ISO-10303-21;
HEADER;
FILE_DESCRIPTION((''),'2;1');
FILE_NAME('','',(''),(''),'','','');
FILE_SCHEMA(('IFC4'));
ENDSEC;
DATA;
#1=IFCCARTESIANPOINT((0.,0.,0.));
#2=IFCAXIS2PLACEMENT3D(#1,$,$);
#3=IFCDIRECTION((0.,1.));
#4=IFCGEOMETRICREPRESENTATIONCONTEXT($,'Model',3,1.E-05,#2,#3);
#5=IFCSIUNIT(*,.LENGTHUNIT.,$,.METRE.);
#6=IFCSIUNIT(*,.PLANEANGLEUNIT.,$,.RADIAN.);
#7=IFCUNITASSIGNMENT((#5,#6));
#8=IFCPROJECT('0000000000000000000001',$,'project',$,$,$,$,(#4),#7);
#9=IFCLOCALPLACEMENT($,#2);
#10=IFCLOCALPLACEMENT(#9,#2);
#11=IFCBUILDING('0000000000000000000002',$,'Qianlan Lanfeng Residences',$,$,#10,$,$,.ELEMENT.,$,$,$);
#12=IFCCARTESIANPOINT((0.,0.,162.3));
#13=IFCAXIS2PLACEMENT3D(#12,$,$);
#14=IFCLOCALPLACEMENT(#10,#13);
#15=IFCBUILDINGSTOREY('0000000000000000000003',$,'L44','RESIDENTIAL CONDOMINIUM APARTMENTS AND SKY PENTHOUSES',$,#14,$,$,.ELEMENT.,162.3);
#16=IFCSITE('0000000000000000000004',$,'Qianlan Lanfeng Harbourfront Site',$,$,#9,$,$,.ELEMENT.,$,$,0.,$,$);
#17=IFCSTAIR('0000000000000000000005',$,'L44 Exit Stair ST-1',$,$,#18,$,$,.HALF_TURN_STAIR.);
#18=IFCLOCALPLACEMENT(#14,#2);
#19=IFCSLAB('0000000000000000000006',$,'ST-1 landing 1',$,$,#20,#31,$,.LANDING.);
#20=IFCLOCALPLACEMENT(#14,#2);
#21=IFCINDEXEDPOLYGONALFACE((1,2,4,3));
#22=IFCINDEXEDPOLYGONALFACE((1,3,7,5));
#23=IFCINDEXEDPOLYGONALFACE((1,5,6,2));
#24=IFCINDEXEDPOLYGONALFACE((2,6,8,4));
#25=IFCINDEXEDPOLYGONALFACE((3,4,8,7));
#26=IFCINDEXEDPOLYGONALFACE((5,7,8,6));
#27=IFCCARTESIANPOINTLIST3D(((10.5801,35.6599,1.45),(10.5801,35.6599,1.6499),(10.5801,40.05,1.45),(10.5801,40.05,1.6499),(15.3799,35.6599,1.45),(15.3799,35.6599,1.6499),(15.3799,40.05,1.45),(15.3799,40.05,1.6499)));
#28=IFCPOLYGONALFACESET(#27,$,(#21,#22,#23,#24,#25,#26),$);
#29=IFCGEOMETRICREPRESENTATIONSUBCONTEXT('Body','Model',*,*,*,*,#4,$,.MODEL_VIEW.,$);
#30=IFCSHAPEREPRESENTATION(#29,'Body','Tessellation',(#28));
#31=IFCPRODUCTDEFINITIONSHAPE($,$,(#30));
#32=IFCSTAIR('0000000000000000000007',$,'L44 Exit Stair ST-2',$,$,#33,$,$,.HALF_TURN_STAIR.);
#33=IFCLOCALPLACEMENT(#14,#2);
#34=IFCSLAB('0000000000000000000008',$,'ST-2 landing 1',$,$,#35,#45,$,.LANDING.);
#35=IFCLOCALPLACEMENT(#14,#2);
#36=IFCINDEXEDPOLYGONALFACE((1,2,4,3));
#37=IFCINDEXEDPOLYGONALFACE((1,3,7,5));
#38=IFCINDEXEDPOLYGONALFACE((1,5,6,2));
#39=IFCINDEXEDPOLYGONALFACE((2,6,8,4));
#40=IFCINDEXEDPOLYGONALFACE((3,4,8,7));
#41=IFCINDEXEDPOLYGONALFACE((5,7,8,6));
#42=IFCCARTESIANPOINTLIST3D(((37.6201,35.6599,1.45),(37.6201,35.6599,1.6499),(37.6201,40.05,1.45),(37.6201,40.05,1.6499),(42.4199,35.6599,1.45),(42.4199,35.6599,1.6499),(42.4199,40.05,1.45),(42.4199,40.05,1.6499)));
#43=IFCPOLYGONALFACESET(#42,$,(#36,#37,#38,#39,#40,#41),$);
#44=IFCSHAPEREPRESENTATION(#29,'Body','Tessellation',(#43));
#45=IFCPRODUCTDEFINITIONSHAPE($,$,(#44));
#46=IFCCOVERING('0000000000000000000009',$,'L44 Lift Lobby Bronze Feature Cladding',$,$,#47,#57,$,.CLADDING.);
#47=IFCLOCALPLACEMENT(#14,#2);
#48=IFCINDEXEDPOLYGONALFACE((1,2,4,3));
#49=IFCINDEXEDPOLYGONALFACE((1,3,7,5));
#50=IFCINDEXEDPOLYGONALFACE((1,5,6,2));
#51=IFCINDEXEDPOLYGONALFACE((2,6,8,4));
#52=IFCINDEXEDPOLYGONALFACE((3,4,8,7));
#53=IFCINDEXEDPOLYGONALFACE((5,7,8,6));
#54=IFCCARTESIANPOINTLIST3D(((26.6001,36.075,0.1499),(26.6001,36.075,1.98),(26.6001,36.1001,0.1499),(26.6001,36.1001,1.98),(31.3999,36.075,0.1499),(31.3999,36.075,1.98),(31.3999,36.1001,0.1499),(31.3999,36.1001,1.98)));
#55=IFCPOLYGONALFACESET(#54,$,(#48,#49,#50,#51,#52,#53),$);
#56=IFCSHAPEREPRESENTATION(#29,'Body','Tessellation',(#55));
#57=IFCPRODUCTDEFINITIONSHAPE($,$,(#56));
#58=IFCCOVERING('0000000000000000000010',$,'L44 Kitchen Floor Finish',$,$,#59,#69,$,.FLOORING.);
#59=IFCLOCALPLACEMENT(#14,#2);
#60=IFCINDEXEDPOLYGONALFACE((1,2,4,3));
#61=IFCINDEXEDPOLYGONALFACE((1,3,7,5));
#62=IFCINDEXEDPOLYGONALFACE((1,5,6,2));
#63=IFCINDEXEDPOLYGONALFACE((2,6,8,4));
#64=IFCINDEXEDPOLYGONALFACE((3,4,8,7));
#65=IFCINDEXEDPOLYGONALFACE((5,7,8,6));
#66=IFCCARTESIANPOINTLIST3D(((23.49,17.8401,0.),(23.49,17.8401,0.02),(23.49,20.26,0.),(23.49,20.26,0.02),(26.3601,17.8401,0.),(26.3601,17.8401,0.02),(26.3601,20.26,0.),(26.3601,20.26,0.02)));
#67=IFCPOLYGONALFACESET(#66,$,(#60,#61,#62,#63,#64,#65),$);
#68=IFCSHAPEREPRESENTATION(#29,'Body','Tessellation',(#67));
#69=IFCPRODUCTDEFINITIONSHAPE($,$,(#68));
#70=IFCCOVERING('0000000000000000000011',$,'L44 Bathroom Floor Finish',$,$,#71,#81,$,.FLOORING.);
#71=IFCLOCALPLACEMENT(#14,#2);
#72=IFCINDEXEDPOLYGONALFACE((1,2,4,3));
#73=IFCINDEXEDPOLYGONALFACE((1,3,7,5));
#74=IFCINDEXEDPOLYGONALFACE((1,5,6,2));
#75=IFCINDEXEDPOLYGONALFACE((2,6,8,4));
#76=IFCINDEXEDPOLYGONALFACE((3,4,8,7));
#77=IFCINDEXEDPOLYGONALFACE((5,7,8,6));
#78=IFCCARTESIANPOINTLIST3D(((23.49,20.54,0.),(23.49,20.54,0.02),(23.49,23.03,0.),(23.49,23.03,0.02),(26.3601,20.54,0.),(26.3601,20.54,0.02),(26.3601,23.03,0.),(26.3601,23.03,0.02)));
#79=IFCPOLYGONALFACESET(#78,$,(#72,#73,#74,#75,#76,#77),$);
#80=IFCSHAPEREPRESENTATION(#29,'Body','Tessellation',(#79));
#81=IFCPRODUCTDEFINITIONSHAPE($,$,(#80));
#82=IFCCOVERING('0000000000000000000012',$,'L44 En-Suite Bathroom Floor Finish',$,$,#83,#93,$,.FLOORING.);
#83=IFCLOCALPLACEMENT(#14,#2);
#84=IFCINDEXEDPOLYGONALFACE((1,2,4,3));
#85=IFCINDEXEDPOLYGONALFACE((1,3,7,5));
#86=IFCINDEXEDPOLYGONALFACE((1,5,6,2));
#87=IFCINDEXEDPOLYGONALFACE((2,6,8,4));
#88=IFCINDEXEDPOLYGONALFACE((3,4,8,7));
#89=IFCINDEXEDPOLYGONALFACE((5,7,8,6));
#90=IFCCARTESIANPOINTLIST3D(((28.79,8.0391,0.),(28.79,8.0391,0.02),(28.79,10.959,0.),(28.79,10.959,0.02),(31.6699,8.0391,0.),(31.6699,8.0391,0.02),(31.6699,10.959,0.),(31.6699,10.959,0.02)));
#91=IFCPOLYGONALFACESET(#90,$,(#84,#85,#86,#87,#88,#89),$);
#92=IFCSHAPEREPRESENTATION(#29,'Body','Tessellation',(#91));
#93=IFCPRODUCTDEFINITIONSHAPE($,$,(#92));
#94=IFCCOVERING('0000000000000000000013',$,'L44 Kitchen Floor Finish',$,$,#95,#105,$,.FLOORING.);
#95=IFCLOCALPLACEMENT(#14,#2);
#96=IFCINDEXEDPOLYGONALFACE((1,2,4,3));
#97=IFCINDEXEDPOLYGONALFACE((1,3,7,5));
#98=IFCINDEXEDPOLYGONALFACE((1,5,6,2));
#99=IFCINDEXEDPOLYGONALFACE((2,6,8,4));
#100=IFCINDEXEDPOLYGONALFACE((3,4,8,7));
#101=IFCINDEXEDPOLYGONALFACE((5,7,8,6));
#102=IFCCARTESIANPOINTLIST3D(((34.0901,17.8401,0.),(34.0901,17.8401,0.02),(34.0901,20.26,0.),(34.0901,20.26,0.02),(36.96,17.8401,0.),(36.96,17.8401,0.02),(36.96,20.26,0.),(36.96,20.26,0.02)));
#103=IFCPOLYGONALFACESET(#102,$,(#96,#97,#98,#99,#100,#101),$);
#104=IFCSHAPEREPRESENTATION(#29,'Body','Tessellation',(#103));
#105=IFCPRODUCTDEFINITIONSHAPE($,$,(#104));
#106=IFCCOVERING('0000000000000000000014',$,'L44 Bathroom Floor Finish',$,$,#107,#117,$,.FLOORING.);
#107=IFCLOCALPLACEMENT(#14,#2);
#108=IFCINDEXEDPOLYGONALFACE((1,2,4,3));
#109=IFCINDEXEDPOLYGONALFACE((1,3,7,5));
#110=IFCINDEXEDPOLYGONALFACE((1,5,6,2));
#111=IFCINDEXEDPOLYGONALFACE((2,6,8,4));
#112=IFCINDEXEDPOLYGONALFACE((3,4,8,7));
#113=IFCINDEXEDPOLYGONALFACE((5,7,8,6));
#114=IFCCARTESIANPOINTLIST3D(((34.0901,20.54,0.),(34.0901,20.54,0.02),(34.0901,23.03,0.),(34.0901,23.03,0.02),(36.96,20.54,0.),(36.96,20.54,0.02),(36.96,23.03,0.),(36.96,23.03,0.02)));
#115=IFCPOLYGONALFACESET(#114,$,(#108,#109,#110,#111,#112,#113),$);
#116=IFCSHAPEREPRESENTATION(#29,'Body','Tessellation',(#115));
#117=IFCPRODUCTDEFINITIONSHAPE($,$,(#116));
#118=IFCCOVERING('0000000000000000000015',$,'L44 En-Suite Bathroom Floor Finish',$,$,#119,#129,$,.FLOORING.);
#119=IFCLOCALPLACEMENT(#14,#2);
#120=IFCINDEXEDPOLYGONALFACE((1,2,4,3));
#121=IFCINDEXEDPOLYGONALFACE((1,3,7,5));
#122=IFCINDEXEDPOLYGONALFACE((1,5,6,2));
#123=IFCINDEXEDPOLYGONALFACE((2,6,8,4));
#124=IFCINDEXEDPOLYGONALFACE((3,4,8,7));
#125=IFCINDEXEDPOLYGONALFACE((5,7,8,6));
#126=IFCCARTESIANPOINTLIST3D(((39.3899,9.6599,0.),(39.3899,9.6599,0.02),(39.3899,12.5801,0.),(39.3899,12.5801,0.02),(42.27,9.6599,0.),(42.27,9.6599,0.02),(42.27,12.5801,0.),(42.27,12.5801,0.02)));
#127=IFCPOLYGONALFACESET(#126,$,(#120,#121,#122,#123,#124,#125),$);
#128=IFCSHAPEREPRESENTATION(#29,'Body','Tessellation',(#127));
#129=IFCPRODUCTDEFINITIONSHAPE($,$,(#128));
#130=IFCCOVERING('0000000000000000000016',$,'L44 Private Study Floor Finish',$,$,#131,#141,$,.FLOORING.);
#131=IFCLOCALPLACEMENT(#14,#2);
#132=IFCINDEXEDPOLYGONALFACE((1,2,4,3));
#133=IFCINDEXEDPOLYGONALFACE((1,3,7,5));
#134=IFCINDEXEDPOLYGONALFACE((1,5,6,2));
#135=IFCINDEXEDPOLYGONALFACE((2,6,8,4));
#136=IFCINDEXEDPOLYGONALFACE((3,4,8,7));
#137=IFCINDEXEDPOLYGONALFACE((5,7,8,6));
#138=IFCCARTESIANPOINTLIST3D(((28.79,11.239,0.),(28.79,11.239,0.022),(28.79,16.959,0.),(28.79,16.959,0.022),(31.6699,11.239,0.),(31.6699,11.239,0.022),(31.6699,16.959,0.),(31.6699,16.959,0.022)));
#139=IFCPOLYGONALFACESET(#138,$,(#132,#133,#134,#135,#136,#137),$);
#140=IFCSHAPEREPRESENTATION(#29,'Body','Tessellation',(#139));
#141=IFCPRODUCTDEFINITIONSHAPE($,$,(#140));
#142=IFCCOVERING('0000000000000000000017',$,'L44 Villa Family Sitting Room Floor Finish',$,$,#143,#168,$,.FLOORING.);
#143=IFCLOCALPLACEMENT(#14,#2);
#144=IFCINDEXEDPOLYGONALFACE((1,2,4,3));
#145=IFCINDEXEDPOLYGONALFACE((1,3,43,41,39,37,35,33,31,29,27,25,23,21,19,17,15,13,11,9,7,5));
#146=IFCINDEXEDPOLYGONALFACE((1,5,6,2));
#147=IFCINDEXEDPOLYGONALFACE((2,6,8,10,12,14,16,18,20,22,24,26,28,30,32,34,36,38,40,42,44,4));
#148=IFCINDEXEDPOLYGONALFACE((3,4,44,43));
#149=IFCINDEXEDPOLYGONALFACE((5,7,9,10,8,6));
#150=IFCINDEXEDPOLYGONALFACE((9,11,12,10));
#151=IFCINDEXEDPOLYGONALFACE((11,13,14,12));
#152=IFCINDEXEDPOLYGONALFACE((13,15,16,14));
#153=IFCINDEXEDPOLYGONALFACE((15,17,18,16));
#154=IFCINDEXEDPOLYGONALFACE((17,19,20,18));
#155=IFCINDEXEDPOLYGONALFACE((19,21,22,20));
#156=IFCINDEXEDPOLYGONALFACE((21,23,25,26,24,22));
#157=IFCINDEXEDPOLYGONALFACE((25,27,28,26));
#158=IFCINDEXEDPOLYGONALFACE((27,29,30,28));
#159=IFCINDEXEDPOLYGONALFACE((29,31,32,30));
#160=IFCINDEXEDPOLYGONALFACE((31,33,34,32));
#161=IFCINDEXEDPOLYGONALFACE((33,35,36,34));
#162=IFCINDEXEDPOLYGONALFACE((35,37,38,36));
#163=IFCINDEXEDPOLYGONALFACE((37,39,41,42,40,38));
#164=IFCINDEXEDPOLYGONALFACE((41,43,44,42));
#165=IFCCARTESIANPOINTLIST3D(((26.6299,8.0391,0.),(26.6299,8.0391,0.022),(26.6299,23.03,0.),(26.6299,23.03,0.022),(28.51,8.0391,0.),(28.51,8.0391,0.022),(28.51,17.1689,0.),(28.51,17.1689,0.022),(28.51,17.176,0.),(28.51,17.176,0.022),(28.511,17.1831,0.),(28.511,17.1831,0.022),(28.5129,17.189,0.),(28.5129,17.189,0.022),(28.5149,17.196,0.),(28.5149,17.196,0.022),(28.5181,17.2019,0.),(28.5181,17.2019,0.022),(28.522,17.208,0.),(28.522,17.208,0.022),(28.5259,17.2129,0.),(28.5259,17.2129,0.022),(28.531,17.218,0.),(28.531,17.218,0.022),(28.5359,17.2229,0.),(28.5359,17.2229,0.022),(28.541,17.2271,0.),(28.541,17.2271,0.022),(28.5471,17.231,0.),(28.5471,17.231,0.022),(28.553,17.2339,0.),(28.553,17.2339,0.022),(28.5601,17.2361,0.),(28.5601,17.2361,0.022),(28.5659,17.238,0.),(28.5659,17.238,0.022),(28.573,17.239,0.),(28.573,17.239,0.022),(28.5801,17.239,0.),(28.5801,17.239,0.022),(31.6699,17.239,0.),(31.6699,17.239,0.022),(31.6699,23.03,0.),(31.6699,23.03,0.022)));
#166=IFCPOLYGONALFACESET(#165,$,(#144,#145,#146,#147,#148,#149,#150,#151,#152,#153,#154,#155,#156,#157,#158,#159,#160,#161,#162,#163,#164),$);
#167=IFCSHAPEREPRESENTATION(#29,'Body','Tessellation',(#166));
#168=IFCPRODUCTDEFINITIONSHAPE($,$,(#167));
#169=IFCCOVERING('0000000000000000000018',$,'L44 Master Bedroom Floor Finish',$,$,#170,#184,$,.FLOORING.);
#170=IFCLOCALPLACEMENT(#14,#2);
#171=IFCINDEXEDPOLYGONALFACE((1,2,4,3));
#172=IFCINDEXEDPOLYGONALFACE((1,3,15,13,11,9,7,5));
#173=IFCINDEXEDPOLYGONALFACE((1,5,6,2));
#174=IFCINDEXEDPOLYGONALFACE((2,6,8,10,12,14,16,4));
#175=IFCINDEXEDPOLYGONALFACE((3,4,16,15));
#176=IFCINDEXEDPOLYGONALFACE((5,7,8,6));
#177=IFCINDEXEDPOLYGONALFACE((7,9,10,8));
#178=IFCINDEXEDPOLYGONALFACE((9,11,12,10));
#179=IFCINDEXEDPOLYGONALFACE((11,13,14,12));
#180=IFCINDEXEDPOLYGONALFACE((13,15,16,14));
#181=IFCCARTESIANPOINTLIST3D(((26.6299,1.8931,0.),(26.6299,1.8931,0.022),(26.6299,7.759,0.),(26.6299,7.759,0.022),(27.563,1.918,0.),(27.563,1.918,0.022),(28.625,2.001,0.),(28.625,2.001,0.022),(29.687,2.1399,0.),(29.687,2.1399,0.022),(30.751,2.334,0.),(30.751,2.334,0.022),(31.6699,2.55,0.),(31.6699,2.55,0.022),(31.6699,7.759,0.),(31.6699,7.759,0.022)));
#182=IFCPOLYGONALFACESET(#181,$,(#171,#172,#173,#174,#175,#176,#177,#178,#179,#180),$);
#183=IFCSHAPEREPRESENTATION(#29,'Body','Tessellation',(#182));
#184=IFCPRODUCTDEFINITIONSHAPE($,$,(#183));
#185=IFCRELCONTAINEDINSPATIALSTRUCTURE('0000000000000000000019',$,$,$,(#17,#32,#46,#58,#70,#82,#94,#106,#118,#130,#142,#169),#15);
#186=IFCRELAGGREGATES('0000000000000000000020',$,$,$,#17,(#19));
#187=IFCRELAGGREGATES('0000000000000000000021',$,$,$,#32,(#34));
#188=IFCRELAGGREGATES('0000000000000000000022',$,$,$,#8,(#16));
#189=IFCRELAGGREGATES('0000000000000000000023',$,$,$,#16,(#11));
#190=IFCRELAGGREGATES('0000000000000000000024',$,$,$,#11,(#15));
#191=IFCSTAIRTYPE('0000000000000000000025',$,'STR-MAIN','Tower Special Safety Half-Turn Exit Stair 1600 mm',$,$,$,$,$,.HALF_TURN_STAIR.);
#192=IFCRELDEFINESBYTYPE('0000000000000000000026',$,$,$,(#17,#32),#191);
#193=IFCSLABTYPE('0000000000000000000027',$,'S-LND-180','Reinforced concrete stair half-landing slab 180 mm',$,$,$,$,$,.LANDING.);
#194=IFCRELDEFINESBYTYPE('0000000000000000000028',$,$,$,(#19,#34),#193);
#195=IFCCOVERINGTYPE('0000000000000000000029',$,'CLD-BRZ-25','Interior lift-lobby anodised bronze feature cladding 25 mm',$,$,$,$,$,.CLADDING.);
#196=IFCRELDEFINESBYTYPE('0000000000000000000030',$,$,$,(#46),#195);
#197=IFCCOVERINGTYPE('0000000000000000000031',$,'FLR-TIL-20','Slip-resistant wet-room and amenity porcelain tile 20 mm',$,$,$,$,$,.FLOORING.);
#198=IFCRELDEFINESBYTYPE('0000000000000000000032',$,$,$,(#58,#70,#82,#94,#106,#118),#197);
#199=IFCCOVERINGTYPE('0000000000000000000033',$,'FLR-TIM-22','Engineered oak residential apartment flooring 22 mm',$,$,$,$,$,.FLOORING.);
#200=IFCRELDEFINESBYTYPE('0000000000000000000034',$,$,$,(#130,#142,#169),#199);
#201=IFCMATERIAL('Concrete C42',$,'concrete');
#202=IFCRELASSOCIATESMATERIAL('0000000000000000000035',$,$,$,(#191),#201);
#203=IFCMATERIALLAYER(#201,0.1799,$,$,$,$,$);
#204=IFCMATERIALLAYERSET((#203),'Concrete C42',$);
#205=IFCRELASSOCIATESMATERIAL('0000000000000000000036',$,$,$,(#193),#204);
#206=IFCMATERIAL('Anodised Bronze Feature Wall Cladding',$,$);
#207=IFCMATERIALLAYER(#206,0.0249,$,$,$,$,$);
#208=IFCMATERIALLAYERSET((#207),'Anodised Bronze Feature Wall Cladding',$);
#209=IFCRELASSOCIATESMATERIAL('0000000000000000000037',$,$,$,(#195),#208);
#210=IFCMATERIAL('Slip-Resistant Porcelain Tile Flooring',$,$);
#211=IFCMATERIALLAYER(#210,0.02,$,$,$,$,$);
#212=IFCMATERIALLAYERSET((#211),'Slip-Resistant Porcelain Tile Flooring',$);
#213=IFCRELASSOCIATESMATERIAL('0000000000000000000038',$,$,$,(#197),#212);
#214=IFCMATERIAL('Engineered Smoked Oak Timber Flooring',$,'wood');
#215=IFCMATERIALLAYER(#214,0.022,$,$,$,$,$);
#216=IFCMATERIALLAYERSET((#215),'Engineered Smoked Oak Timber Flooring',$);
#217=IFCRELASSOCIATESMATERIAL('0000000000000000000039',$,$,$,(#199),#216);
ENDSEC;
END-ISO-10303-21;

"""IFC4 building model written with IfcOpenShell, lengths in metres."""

from ifc_helpers import new_model, si_unit, direction, frame, origin, place, context, subcontext, project, spatial, polyline, outline, extrude, material, layer, layer_set, type_object, element, aggregate, save


model = new_model("IFC4")

# Units and contexts
model_context = context("Model", 3, precision=1e-05, world=origin(), true_north=direction((0.0, 1.0)))
body_context = subcontext(model_context, "Body", "Model", "MODEL_VIEW")
ifc_project = project(units=[si_unit("LENGTHUNIT", "METRE"), si_unit("PLANEANGLEUNIT", "RADIAN")], contexts=[model_context])

# Site, building, storey
site_placement = place(None, origin())
site = spatial("IfcSite", under=ifc_project, at=site_placement, Name="Qianlan Lanfeng Harbourfront Site", CompositionType="ELEMENT", RefElevation=0.0)
building_placement = place(site_placement, origin())
building = spatial("IfcBuilding", under=site, at=building_placement, Name="Qianlan Lanfeng Residences", CompositionType="ELEMENT")
storey_placement = place(building_placement, frame((0.0, 0.0, 162.3)))
storey = spatial("IfcBuildingStorey", under=building, at=storey_placement, Name="L44", Description="RESIDENTIAL CONDOMINIUM APARTMENTS AND SKY PENTHOUSES", CompositionType="ELEMENT", Elevation=162.3)

# Stairs, slabs
ifc_material_1 = material(Name="Concrete C42", Category="concrete")
stair_type = type_object("IfcStairType", Name="STR-MAIN", Description="Tower Special Safety Half-Turn Exit Stair 1600 mm", PredefinedType="HALF_TURN_STAIR", material=ifc_material_1)
stair_1_placement = place(storey_placement, origin())
stair_1 = element("IfcStair", 1, at=stair_1_placement, inside=storey, type_object=stair_type, Name="L44 Exit Stair ST-1", PredefinedType="HALF_TURN_STAIR")
ifc_layer_1 = layer(ifc_material_1, 0.1799)
ifc_layer_set_1 = layer_set([ifc_layer_1], Name="Concrete C42")
slab_type = type_object("IfcSlabType", Name="S-LND-180", Description="Reinforced concrete stair half-landing slab 180 mm", PredefinedType="LANDING", material=ifc_layer_set_1)
slab_1_placement = place(storey_placement, frame((0.0, 0.0, 1.45)))
slab_1 = element("IfcSlab", 2, at=slab_1_placement, type_object=slab_type, Name="ST-1 landing 1", PredefinedType="LANDING", context=body_context, shape_type="SweptSolid", body=[
    extrude(outline(polyline([(10.5801, 35.6599), (15.3799, 35.6599), (15.3799, 40.05), (10.5801, 40.05), (10.5801, 35.6599)])), origin(), (0.0, 0.0, 1.0), 0.2),
])
aggregate(stair_1, [slab_1])
stair_2_placement = place(storey_placement, origin())
stair_2 = element("IfcStair", 3, at=stair_2_placement, inside=storey, type_object=stair_type, Name="L44 Exit Stair ST-2", PredefinedType="HALF_TURN_STAIR")
slab_2_placement = place(storey_placement, frame((0.0, 0.0, 1.45)))
slab_2 = element("IfcSlab", 4, at=slab_2_placement, type_object=slab_type, Name="ST-2 landing 1", PredefinedType="LANDING", context=body_context, shape_type="SweptSolid", body=[
    extrude(outline(polyline([(37.6201, 35.6599), (42.4199, 35.6599), (42.4199, 40.05), (37.6201, 40.05), (37.6201, 35.6599)])), origin(), (0.0, 0.0, 1.0), 0.2),
])
aggregate(stair_2, [slab_2])

# Coverings
ifc_material_2 = material(Name="Anodised Bronze Feature Wall Cladding")
ifc_layer_2 = layer(ifc_material_2, 0.0249)
ifc_layer_set_2 = layer_set([ifc_layer_2], Name="Anodised Bronze Feature Wall Cladding")
covering_type_1 = type_object("IfcCoveringType", Name="CLD-BRZ-25", Description="Interior lift-lobby anodised bronze feature cladding 25 mm", PredefinedType="CLADDING", material=ifc_layer_set_2)
covering_1_placement = place(storey_placement, frame((0.0, 0.0, 0.1499)))
element("IfcCovering", 5, at=covering_1_placement, inside=storey, type_object=covering_type_1, Name="L44 Lift Lobby Bronze Feature Cladding", PredefinedType="CLADDING", context=body_context, shape_type="SweptSolid", body=[
    extrude(outline(polyline([(26.6001, 36.075), (31.3999, 36.075), (31.3999, 36.1001), (26.6001, 36.1001), (26.6001, 36.075)])), origin(), (0.0, 0.0, 1.0), 1.8301),
])
ifc_material_3 = material(Name="Slip-Resistant Porcelain Tile Flooring")
ifc_layer_3 = layer(ifc_material_3, 0.02)
ifc_layer_set_3 = layer_set([ifc_layer_3], Name="Slip-Resistant Porcelain Tile Flooring")
covering_type_2 = type_object("IfcCoveringType", Name="FLR-TIL-20", Description="Slip-resistant wet-room and amenity porcelain tile 20 mm", PredefinedType="FLOORING", material=ifc_layer_set_3)
covering_2_placement = place(storey_placement, origin())
element("IfcCovering", 6, at=covering_2_placement, inside=storey, type_object=covering_type_2, Name="L44 Kitchen Floor Finish", PredefinedType="FLOORING", context=body_context, shape_type="SweptSolid", body=[
    extrude(outline(polyline([(23.49, 17.8401), (26.3601, 17.8401), (26.3601, 20.26), (23.49, 20.26), (23.49, 17.8401)])), origin(), (0.0, 0.0, 1.0), 0.02),
])
covering_3_placement = place(storey_placement, origin())
element("IfcCovering", 7, at=covering_3_placement, inside=storey, type_object=covering_type_2, Name="L44 Bathroom Floor Finish", PredefinedType="FLOORING", context=body_context, shape_type="SweptSolid", body=[
    extrude(outline(polyline([(23.49, 20.54), (26.3601, 20.54), (26.3601, 23.03), (23.49, 23.03), (23.49, 20.54)])), origin(), (0.0, 0.0, 1.0), 0.02),
])
covering_4_placement = place(storey_placement, origin())
element("IfcCovering", 8, at=covering_4_placement, inside=storey, type_object=covering_type_2, Name="L44 En-Suite Bathroom Floor Finish", PredefinedType="FLOORING", context=body_context, shape_type="SweptSolid", body=[
    extrude(outline(polyline([(28.79, 8.0391), (31.6699, 8.0391), (31.6699, 10.959), (28.79, 10.959), (28.79, 8.0391)])), origin(), (0.0, 0.0, 1.0), 0.02),
])
covering_5_placement = place(storey_placement, origin())
element("IfcCovering", 9, at=covering_5_placement, inside=storey, type_object=covering_type_2, Name="L44 Kitchen Floor Finish", PredefinedType="FLOORING", context=body_context, shape_type="SweptSolid", body=[
    extrude(outline(polyline([(34.0901, 17.8401), (36.96, 17.8401), (36.96, 20.26), (34.0901, 20.26), (34.0901, 17.8401)])), origin(), (0.0, 0.0, 1.0), 0.02),
])
covering_6_placement = place(storey_placement, origin())
element("IfcCovering", 10, at=covering_6_placement, inside=storey, type_object=covering_type_2, Name="L44 Bathroom Floor Finish", PredefinedType="FLOORING", context=body_context, shape_type="SweptSolid", body=[
    extrude(outline(polyline([(34.0901, 20.54), (36.96, 20.54), (36.96, 23.03), (34.0901, 23.03), (34.0901, 20.54)])), origin(), (0.0, 0.0, 1.0), 0.02),
])
covering_7_placement = place(storey_placement, origin())
element("IfcCovering", 11, at=covering_7_placement, inside=storey, type_object=covering_type_2, Name="L44 En-Suite Bathroom Floor Finish", PredefinedType="FLOORING", context=body_context, shape_type="SweptSolid", body=[
    extrude(outline(polyline([(39.3899, 9.6599), (42.27, 9.6599), (42.27, 12.5801), (39.3899, 12.5801), (39.3899, 9.6599)])), origin(), (0.0, 0.0, 1.0), 0.02),
])
ifc_material_4 = material(Name="Engineered Smoked Oak Timber Flooring", Category="wood")
ifc_layer_4 = layer(ifc_material_4, 0.022)
ifc_layer_set_4 = layer_set([ifc_layer_4], Name="Engineered Smoked Oak Timber Flooring")
covering_type_3 = type_object("IfcCoveringType", Name="FLR-TIM-22", Description="Engineered oak residential apartment flooring 22 mm", PredefinedType="FLOORING", material=ifc_layer_set_4)
covering_8_placement = place(storey_placement, origin())
element("IfcCovering", 12, at=covering_8_placement, inside=storey, type_object=covering_type_3, Name="L44 Private Study Floor Finish", PredefinedType="FLOORING", context=body_context, shape_type="SweptSolid", body=[
    extrude(outline(polyline([(28.79, 11.239), (31.6699, 11.239), (31.6699, 16.959), (28.79, 16.959), (28.79, 11.239)])), origin(), (0.0, 0.0, 1.0), 0.022),
])
covering_9_placement = place(storey_placement, origin())
element("IfcCovering", 13, at=covering_9_placement, inside=storey, type_object=covering_type_3, Name="L44 Villa Family Sitting Room Floor Finish", PredefinedType="FLOORING", context=body_context, shape_type="SweptSolid", body=[
    extrude(outline(polyline([(26.6299, 8.0391), (28.51, 8.0391), (28.51, 17.1689), (28.51, 17.176), (28.511, 17.1831), (28.5129, 17.189), (28.5149, 17.196), (28.5181, 17.2019), (28.522, 17.208), (28.5259, 17.2129), (28.531, 17.218), (28.5359, 17.2229), (28.541, 17.2271), (28.5471, 17.231), (28.553, 17.2339), (28.5601, 17.2361), (28.5659, 17.238), (28.573, 17.239), (28.5801, 17.239), (31.6699, 17.239), (31.6699, 23.03), (26.6299, 23.03), (26.6299, 8.0391)])), origin(), (0.0, 0.0, 1.0), 0.022),
])
covering_10_placement = place(storey_placement, origin())
element("IfcCovering", 14, at=covering_10_placement, inside=storey, type_object=covering_type_3, Name="L44 Master Bedroom Floor Finish", PredefinedType="FLOORING", context=body_context, shape_type="SweptSolid", body=[
    extrude(outline(polyline([(26.6299, 7.759), (26.6299, 1.8931), (27.563, 1.918), (28.625, 2.001), (29.687, 2.1399), (30.751, 2.334), (31.6699, 2.55), (31.6699, 7.759), (26.6299, 7.759)])), origin(), (0.0, 0.0, 1.0), 0.022),
])

save(model, "model.ifc")
